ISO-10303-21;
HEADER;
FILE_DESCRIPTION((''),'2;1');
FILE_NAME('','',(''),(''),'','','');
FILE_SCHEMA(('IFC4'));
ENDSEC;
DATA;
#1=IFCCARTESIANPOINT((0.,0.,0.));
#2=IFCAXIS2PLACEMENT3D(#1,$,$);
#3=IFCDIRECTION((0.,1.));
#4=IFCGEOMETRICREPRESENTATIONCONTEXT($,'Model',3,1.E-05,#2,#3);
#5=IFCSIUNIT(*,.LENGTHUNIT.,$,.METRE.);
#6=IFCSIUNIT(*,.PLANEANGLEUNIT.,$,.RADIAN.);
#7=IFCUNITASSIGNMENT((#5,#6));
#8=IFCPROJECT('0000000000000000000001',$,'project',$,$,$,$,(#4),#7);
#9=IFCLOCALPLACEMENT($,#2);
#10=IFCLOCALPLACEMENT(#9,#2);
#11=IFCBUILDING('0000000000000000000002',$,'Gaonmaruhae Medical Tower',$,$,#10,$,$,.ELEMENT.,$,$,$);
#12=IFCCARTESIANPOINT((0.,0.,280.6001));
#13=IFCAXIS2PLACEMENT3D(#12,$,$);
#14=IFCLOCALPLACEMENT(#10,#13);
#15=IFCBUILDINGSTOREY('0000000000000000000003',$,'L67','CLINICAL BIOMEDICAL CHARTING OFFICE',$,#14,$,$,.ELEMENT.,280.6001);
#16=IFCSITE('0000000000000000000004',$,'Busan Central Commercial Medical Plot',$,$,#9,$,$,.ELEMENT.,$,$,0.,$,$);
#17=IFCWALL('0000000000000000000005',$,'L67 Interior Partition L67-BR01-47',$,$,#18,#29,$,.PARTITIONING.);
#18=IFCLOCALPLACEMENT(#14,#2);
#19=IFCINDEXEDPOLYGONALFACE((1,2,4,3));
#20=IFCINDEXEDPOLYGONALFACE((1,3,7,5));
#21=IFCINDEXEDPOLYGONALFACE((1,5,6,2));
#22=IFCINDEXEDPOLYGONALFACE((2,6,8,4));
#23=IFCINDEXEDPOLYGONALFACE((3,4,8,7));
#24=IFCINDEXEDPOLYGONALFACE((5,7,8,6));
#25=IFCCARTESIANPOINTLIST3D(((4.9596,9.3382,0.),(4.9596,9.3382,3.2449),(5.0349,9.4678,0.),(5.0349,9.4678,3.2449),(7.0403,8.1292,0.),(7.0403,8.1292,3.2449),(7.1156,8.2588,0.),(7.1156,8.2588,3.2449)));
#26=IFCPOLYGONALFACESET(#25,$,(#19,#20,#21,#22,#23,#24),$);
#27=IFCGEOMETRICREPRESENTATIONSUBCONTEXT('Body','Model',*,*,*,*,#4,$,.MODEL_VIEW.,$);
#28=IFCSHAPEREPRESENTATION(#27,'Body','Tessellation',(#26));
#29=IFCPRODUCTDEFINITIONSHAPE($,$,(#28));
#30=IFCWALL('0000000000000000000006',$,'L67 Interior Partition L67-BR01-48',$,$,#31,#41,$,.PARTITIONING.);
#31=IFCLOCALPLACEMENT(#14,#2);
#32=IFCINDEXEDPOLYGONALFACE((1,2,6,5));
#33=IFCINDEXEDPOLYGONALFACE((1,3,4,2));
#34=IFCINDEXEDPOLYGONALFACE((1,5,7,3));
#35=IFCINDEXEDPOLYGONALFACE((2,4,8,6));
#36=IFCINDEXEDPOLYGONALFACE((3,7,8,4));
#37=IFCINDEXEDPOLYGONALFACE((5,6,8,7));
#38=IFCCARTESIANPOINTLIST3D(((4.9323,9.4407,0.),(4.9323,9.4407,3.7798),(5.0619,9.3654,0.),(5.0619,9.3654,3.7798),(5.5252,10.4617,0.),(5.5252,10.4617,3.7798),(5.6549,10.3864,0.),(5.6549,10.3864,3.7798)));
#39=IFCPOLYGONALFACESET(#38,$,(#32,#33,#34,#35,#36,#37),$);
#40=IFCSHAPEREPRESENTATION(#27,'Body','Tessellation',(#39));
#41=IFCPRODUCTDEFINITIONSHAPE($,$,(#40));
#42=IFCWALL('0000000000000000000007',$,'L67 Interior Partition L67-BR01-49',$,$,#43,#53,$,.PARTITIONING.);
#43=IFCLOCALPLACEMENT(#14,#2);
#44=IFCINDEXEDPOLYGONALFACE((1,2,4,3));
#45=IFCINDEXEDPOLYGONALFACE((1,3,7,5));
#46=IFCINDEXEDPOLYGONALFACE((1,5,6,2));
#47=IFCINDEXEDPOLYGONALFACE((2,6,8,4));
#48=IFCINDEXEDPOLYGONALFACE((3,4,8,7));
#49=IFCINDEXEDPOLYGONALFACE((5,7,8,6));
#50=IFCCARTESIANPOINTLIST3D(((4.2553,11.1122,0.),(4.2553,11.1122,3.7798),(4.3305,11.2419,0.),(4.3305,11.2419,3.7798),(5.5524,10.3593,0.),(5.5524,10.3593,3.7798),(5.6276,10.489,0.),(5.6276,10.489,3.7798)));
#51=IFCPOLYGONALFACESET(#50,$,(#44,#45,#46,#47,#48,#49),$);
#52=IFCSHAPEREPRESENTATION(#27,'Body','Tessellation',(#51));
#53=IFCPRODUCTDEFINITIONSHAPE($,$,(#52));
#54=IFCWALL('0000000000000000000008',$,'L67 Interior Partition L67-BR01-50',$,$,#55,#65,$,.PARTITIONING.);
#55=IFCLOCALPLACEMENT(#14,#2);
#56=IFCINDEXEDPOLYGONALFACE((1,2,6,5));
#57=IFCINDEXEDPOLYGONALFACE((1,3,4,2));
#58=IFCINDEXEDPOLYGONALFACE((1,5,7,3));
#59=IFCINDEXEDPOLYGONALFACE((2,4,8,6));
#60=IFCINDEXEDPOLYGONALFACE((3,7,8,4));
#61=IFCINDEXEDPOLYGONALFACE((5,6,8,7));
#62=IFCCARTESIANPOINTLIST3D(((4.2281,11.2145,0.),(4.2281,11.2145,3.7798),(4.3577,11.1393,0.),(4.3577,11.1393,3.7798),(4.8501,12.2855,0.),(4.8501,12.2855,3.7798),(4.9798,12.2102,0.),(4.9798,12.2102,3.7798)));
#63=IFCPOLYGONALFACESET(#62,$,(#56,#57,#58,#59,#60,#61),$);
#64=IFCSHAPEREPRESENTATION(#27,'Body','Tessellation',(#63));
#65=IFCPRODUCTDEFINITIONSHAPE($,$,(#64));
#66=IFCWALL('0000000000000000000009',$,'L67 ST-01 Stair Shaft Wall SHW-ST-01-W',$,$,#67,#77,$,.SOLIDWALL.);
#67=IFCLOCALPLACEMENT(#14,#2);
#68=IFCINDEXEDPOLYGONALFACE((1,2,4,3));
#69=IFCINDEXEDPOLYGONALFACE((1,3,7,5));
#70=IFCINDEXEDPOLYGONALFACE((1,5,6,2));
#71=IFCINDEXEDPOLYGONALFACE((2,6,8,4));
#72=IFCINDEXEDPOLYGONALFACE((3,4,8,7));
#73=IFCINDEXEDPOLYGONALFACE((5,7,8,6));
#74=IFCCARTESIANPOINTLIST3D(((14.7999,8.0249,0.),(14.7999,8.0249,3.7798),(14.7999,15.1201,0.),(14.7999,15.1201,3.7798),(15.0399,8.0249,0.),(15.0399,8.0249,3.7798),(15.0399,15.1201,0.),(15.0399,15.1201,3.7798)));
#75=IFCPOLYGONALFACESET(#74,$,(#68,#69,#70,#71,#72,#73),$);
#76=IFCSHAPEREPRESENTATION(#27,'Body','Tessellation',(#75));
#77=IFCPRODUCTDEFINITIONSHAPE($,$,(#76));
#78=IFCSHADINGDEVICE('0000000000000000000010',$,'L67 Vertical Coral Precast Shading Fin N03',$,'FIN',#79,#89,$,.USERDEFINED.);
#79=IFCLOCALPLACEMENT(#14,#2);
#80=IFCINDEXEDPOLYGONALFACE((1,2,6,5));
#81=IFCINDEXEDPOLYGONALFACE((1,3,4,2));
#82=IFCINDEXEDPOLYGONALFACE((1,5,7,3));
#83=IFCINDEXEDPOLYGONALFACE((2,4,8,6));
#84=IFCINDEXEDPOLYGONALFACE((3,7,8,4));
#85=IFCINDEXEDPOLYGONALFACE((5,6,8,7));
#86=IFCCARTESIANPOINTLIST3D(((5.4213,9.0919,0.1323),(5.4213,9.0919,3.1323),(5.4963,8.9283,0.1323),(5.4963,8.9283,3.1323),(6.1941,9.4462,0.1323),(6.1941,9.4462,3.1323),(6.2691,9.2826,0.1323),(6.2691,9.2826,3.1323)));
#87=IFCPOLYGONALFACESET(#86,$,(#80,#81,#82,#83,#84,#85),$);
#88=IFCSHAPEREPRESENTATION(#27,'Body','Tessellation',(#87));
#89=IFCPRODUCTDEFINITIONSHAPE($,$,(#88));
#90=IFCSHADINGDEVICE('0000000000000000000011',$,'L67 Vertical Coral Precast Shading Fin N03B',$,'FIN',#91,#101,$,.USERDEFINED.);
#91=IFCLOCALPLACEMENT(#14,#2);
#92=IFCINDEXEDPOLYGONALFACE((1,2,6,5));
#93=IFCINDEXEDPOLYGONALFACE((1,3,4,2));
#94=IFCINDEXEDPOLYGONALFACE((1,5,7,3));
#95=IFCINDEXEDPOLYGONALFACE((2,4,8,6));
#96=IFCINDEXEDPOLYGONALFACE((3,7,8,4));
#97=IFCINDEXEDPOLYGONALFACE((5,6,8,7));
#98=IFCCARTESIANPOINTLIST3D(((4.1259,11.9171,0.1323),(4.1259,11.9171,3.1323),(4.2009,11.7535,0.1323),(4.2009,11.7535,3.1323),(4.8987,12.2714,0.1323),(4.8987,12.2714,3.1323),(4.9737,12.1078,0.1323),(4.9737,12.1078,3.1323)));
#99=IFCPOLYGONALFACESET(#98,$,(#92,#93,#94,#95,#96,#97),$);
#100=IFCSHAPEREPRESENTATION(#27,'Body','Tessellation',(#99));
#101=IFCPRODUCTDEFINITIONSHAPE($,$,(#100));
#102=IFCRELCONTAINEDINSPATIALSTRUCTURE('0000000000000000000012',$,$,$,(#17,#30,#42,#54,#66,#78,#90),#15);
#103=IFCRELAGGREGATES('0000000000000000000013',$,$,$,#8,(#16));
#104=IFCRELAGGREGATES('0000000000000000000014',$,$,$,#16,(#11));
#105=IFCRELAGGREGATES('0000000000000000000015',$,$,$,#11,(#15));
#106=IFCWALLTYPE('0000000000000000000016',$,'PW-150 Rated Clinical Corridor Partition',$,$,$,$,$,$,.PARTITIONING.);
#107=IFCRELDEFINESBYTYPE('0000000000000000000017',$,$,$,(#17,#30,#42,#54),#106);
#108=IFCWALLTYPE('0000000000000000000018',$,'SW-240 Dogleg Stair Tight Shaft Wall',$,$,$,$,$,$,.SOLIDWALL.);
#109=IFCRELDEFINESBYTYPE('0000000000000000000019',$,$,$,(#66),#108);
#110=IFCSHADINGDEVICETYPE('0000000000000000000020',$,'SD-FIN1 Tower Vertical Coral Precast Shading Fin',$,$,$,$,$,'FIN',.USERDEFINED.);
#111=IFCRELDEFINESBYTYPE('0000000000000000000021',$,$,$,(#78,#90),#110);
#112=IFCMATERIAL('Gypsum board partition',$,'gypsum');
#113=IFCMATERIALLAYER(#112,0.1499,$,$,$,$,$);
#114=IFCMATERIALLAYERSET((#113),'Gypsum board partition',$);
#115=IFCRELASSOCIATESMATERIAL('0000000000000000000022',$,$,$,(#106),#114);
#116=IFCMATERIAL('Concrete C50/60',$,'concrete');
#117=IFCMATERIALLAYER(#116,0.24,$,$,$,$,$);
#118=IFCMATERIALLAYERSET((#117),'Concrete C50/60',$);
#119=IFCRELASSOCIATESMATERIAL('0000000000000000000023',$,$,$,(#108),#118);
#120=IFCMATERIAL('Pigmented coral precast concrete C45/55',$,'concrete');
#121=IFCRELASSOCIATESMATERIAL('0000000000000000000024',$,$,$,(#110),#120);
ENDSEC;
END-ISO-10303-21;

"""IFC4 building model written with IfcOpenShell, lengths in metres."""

from ifc_helpers import new_model, si_unit, direction, frame, frame_2d, origin, origin_2d, place, context, subcontext, project, spatial, rectangle, extrude, material, layer, layer_set, type_object, element, save


model = new_model("IFC4")

# Units and contexts
model_context = context("Model", 3, precision=1e-05, world=origin(), true_north=direction((0.0, 1.0)))
body_context = subcontext(model_context, "Body", "Model", "MODEL_VIEW")
ifc_project = project(units=[si_unit("LENGTHUNIT", "METRE"), si_unit("PLANEANGLEUNIT", "RADIAN")], contexts=[model_context])

# Site, building, storey
site_placement = place(None, origin())
site = spatial("IfcSite", under=ifc_project, at=site_placement, Name="Busan Central Commercial Medical Plot", CompositionType="ELEMENT", RefElevation=0.0)
building_placement = place(site_placement, origin())
building = spatial("IfcBuilding", under=site, at=building_placement, Name="Gaonmaruhae Medical Tower", CompositionType="ELEMENT")
storey_placement = place(building_placement, frame((0.0, 0.0, 280.6001)))
storey = spatial("IfcBuildingStorey", under=building, at=storey_placement, Name="L67", Description="CLINICAL BIOMEDICAL CHARTING OFFICE", CompositionType="ELEMENT", Elevation=280.6001)

# Shared definitions
ifc_material_1 = material(Name="Concrete C50/60", Category="concrete")

# Walls
ifc_material_2 = material(Name="Gypsum board partition", Category="gypsum")
ifc_layer_1 = layer(ifc_material_2, 0.1499)
ifc_layer_set_1 = layer_set([ifc_layer_1], Name="Gypsum board partition")
wall_type_1 = type_object("IfcWallType", Name="PW-150 Rated Clinical Corridor Partition", PredefinedType="PARTITIONING", material=ifc_layer_set_1)
wall_1_placement = place(storey_placement, frame((7.0779, 8.1941, 0.0), z_axis=(0.0, 0.0, 1.0), x_axis=(-0.86465, 0.502375, 0.0)))
element("IfcWall", 1, at=wall_1_placement, inside=storey, type_object=wall_type_1, Name="L67 Interior Partition L67-BR01-47", PredefinedType="PARTITIONING", context=body_context, shape_type="SweptSolid", body=[
    extrude(rectangle(XDim=2.4065, YDim=0.1499, at=frame_2d((1.2031, 0.0))), origin(), (0.0, 0.0, 1.0), 3.2449),
])
wall_2_placement = place(storey_placement, frame((4.9971, 9.4031, 0.0), z_axis=(0.0, 0.0, 1.0), x_axis=(0.50225, 0.864722, 0.0)))
element("IfcWall", 2, at=wall_2_placement, inside=storey, type_object=wall_type_1, Name="L67 Interior Partition L67-BR01-48", PredefinedType="PARTITIONING", context=body_context, shape_type="SweptSolid", body=[
    extrude(rectangle(XDim=1.1807, YDim=0.1499, at=frame_2d((0.5903, 0.0))), origin(), (0.0, 0.0, 1.0), 3.7798),
])
wall_3_placement = place(storey_placement, frame((5.5901, 10.4241, 0.0), z_axis=(0.0, 0.0, 1.0), x_axis=(-0.864857, 0.502018, 0.0)))
element("IfcWall", 3, at=wall_3_placement, inside=storey, type_object=wall_type_1, Name="L67 Interior Partition L67-BR01-49", PredefinedType="PARTITIONING", context=body_context, shape_type="SweptSolid", body=[
    extrude(rectangle(XDim=1.4998, YDim=0.1499, at=frame_2d((0.75, 0.0))), origin(), (0.0, 0.0, 1.0), 3.7798),
])
wall_4_placement = place(storey_placement, frame((4.293, 11.177, 0.0), z_axis=(0.0, 0.0, 1.0), x_axis=(0.50224, 0.864728, 0.0)))
element("IfcWall", 4, at=wall_4_placement, inside=storey, type_object=wall_type_1, Name="L67 Interior Partition L67-BR01-50", PredefinedType="PARTITIONING", context=body_context, shape_type="SweptSolid", body=[
    extrude(rectangle(XDim=1.2385, YDim=0.1499, at=frame_2d((0.6191, 0.0))), origin(), (0.0, 0.0, 1.0), 3.7798),
])
ifc_layer_2 = layer(ifc_material_1, 0.24)
ifc_layer_set_2 = layer_set([ifc_layer_2], Name="Concrete C50/60")
wall_type_2 = type_object("IfcWallType", Name="SW-240 Dogleg Stair Tight Shaft Wall", PredefinedType="SOLIDWALL", material=ifc_layer_set_2)
wall_5_placement = place(storey_placement, frame((14.9199, 8.0249, 0.0), z_axis=(0.0, 0.0, 1.0), x_axis=(0.0, 1.0, 0.0)))
element("IfcWall", 5, at=wall_5_placement, inside=storey, type_object=wall_type_2, Name="L67 ST-01 Stair Shaft Wall SHW-ST-01-W", PredefinedType="SOLIDWALL", context=body_context, shape_type="SweptSolid", body=[
    extrude(rectangle(XDim=7.0952, YDim=0.24, at=frame_2d((3.5476, 0.0))), origin(), (0.0, 0.0, 1.0), 3.7798),
])

# Shading devices
ifc_material_3 = material(Name="Pigmented coral precast concrete C45/55", Category="concrete")
shading_device_type = type_object("IfcShadingDeviceType", Name="SD-FIN1 Tower Vertical Coral Precast Shading Fin", ElementType="FIN", PredefinedType="USERDEFINED", material=ifc_material_3)
for number, where, z_axis, x_axis, name in (
    (6, (5.8452, 9.1873, 0.1323), (0.0, 0.0, 1.0), (-0.416773, 0.909011, 0.0), "L67 Vertical Coral Precast Shading Fin N03"),
    (7, (4.5498, 12.0125, 0.1323), (0.0, 0.0, 1.0), (-0.416773, 0.909011, 0.0), "L67 Vertical Coral Precast Shading Fin N03B"),
):
    element("IfcShadingDevice", number, at=place(storey_placement, frame(where, z_axis=z_axis, x_axis=x_axis)), inside=storey, type_object=shading_device_type, Name=name, ObjectType="FIN", PredefinedType="USERDEFINED", context=body_context, shape_type="SweptSolid", body=[
        extrude(rectangle(XDim=0.1799, YDim=0.8501, at=origin_2d()), origin(), (0.0, 0.0, 1.0), 3.0),
    ])

save(model, "model.ifc")
